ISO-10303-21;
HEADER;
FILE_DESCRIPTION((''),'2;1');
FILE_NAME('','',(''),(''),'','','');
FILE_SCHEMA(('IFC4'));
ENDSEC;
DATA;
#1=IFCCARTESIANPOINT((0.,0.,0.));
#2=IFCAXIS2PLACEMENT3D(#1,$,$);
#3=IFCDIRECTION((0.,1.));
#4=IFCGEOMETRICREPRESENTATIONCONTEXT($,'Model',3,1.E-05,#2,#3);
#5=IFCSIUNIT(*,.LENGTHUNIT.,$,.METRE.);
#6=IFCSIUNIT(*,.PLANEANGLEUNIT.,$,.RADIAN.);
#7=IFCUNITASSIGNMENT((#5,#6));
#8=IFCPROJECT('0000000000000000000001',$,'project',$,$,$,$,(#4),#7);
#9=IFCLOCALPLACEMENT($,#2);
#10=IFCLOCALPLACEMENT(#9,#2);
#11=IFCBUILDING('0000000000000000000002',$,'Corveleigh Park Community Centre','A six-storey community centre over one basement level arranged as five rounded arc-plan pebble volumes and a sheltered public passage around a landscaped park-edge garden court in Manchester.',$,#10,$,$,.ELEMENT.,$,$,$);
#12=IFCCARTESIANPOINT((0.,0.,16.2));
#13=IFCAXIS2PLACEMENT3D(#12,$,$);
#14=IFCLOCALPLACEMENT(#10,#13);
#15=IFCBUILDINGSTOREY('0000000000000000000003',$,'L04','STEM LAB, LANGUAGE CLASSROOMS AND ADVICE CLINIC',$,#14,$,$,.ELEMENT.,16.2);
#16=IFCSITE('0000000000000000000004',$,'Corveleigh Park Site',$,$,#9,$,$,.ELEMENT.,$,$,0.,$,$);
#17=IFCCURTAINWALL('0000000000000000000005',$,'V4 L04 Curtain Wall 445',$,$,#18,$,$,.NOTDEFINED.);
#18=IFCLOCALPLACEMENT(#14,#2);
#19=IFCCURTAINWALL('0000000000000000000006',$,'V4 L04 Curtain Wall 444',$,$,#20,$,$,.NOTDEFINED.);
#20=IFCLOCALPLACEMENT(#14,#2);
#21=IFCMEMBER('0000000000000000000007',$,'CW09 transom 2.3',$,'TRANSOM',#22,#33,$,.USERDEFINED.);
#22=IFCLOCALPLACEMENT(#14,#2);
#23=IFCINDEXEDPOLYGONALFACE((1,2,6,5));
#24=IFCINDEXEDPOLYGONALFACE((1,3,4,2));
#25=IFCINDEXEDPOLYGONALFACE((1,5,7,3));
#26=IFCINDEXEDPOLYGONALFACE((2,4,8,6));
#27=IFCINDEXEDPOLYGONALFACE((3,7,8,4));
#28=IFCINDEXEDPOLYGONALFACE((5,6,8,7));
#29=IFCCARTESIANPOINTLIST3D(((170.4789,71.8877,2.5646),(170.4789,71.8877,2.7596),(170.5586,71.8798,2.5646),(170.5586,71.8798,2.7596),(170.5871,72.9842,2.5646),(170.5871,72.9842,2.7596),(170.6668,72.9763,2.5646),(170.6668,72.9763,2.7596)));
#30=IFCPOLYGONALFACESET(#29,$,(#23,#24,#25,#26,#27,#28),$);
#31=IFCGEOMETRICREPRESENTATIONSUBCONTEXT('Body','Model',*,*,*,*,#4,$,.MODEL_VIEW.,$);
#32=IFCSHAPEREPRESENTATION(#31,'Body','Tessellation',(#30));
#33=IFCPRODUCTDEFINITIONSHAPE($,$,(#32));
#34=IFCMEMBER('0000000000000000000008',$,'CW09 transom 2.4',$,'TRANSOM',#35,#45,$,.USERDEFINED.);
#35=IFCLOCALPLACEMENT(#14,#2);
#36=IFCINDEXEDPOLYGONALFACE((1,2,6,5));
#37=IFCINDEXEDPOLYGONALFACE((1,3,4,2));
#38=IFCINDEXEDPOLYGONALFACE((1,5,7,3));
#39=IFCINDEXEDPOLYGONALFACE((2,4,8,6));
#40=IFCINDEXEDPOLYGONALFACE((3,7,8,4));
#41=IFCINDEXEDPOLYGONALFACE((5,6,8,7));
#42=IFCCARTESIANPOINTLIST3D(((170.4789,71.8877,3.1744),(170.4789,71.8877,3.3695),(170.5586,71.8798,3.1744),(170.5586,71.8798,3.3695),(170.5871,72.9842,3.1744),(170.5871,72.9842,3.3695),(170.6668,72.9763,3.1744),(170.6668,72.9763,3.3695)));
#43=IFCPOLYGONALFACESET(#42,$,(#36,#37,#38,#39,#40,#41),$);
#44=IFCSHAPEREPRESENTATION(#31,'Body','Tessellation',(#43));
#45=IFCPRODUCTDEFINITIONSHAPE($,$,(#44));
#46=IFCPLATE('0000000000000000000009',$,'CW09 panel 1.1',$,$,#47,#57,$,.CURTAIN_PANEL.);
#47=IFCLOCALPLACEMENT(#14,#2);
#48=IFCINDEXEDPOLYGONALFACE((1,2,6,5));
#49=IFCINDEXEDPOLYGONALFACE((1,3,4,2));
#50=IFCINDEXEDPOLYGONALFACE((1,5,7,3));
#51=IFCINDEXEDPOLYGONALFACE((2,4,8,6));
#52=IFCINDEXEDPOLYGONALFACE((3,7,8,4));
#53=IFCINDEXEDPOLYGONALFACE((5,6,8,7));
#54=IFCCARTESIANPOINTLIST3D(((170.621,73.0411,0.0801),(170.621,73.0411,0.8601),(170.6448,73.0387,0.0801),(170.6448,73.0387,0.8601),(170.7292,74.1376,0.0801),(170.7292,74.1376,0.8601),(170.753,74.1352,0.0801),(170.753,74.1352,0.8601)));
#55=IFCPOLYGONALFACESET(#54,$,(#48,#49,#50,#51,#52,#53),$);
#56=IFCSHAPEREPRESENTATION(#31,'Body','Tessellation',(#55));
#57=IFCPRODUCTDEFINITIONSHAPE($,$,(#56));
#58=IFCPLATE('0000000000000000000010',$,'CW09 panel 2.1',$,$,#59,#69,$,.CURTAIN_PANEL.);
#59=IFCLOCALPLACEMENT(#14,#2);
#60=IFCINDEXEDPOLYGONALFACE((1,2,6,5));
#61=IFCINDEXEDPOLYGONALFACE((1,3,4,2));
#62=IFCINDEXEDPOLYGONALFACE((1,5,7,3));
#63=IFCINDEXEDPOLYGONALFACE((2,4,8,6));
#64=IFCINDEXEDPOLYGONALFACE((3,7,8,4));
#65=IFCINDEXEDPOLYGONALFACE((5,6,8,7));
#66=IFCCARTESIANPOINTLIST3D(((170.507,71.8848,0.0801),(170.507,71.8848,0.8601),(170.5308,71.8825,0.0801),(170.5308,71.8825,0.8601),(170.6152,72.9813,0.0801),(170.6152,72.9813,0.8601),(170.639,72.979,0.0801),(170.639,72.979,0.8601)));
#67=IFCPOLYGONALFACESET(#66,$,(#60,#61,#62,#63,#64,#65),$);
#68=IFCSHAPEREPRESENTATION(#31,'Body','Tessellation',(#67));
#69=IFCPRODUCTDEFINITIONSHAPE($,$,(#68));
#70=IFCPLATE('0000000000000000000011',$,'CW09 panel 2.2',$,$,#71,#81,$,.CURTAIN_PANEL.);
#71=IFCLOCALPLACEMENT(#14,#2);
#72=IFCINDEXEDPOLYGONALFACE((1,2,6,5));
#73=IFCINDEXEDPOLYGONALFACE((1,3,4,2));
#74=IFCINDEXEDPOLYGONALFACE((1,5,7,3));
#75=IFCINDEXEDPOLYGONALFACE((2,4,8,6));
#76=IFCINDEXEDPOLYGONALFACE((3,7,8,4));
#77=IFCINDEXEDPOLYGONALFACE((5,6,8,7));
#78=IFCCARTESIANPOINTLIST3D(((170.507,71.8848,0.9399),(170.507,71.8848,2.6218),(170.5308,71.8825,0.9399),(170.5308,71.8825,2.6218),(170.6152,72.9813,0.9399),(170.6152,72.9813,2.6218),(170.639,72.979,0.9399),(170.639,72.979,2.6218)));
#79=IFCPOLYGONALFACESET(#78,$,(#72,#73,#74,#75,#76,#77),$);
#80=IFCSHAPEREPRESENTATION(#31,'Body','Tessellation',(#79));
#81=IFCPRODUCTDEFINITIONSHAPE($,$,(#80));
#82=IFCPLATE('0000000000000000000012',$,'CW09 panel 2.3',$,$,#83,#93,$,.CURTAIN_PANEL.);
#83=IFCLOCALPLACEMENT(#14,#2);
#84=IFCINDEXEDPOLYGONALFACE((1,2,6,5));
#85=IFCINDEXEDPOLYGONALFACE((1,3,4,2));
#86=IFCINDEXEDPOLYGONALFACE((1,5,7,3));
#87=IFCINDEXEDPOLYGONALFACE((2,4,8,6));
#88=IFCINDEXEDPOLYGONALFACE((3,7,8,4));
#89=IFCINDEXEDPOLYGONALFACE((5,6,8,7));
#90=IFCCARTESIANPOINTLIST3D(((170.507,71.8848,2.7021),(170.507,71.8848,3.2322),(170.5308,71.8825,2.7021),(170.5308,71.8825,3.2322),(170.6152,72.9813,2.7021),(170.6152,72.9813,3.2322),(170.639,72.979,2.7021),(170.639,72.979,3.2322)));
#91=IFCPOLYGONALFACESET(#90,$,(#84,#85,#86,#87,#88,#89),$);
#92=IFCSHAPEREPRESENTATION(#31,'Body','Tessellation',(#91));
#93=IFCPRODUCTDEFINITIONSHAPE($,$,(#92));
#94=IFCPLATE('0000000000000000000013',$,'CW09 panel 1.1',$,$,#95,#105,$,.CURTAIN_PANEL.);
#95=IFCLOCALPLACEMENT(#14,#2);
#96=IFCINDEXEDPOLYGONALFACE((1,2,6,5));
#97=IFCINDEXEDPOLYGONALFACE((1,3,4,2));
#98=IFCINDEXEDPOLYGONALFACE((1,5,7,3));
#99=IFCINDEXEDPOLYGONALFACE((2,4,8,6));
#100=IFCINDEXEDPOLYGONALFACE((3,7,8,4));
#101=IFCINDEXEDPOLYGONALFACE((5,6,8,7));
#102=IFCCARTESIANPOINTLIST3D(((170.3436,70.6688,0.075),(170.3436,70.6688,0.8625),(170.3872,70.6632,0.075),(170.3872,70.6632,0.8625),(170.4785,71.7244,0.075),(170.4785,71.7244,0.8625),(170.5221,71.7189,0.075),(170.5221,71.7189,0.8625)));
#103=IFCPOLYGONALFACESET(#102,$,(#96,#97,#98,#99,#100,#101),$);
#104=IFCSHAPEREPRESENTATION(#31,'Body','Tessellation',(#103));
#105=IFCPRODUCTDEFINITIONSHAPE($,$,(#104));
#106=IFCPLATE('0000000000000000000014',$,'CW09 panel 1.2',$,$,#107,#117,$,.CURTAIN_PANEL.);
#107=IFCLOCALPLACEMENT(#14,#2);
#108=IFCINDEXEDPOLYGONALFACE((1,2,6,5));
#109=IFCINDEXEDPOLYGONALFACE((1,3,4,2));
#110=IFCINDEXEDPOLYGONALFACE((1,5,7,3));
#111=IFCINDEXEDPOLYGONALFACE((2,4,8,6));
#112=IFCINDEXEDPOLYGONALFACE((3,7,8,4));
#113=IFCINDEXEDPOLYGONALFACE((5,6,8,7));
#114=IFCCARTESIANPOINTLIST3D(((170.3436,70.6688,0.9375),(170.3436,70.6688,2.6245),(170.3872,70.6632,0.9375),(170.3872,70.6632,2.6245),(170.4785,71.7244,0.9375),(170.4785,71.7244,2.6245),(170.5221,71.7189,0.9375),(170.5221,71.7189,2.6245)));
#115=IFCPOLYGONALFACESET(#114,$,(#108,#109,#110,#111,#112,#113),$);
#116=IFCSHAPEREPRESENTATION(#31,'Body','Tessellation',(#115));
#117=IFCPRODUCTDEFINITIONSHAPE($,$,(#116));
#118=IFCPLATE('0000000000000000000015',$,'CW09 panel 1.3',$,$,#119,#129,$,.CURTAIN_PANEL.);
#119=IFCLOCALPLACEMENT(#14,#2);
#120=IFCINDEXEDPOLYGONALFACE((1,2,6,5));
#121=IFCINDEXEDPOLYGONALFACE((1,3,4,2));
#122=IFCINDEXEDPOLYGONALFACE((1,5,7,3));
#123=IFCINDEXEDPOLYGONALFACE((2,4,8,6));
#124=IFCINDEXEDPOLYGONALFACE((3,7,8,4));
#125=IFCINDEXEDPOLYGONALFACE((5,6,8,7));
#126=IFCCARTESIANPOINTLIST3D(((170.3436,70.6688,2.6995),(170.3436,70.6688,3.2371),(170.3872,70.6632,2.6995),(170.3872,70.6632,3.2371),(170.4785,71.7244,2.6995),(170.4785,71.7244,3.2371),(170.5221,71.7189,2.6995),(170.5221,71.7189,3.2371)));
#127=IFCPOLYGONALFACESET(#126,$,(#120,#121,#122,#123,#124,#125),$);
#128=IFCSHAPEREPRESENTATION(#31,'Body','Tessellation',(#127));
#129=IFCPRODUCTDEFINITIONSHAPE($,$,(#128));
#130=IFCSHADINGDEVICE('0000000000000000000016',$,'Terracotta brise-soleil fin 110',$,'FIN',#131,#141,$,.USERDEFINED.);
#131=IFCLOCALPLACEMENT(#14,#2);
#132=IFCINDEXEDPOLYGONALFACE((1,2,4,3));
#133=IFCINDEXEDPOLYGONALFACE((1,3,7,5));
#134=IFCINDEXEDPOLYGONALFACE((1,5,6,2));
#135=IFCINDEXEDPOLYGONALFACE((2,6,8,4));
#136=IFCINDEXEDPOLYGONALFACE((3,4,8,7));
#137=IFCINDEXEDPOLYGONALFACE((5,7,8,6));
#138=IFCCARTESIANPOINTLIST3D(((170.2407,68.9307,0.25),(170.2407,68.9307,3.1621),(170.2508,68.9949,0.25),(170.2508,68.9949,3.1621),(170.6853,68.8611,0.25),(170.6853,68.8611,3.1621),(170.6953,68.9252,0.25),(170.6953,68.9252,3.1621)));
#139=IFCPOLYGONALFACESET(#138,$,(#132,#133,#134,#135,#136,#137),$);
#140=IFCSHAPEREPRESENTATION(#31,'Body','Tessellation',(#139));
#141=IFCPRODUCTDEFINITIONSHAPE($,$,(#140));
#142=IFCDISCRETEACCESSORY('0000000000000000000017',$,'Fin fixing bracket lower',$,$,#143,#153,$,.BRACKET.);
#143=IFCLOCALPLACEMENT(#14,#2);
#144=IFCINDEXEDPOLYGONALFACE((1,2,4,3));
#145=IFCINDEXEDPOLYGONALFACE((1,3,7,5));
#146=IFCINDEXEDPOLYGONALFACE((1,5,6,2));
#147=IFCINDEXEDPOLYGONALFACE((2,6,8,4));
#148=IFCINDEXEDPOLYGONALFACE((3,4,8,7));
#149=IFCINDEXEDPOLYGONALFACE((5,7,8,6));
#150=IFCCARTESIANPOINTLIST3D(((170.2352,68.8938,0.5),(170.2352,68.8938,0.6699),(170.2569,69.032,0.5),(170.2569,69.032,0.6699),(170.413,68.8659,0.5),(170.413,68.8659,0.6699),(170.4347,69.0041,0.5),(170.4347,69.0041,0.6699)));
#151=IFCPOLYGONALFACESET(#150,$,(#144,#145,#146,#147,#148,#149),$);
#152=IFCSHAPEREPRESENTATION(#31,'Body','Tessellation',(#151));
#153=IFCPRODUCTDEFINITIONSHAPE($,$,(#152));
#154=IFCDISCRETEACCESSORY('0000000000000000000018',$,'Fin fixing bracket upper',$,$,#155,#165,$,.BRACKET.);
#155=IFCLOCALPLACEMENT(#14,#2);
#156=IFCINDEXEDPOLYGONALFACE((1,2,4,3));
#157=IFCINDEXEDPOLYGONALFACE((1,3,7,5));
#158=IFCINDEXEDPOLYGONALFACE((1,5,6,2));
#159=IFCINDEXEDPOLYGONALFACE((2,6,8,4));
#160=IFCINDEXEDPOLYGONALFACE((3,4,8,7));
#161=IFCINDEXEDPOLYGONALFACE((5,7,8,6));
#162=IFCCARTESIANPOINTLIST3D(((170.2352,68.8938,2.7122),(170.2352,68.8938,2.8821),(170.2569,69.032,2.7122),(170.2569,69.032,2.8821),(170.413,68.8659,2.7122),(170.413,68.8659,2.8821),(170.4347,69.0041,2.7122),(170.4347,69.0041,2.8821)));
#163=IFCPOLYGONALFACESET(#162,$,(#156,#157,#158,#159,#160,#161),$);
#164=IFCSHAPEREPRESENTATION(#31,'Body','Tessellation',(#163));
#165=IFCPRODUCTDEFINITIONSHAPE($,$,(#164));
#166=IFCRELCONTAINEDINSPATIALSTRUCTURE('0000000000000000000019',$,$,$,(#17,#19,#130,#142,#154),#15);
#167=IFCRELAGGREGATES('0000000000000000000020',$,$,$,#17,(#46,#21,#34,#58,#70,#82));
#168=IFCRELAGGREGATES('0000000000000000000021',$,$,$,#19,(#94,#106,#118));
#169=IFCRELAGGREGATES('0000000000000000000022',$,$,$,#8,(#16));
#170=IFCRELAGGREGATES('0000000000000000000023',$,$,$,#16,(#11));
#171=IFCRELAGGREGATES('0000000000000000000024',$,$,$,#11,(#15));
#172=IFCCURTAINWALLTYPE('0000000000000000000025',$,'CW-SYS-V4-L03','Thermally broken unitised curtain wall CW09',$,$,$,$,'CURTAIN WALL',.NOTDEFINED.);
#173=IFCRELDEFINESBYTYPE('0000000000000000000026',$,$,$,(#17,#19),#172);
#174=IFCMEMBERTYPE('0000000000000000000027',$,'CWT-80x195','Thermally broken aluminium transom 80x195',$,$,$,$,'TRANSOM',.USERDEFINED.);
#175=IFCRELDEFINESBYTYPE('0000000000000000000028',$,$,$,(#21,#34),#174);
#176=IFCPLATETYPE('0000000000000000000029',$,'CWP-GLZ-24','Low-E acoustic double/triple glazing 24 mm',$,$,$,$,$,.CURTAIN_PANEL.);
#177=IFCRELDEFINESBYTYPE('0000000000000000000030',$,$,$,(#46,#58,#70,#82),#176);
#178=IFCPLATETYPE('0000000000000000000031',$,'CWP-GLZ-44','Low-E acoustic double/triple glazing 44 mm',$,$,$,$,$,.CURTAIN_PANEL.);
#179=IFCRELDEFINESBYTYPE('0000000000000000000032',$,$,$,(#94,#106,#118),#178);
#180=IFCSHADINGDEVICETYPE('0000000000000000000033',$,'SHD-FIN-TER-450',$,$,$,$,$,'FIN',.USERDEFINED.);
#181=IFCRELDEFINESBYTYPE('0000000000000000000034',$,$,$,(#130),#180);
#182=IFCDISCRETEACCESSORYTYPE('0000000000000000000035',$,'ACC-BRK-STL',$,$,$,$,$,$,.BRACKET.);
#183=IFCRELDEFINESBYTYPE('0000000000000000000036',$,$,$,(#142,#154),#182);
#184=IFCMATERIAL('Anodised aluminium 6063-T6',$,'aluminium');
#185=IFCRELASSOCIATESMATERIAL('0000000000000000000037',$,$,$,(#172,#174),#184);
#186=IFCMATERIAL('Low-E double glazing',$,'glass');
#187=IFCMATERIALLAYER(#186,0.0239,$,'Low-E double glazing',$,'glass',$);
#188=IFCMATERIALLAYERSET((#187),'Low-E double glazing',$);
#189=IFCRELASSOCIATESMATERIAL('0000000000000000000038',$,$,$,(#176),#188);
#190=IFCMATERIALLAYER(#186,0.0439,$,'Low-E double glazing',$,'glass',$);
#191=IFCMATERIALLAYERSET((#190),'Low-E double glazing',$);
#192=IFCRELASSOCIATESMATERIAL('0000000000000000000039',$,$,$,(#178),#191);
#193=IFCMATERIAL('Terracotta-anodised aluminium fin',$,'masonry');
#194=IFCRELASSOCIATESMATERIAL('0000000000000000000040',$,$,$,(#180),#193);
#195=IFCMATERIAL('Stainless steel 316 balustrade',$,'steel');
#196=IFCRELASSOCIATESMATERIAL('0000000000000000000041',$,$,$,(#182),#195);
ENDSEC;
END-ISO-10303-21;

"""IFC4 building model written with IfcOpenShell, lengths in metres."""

from ifc_helpers import new_model, si_unit, direction, frame, origin, origin_2d, place, context, subcontext, project, spatial, rectangle, extrude, material, layer, layer_set, material_profile, profile_set, type_object, element, aggregate, save


model = new_model("IFC4")

# Units and contexts
model_context = context("Model", 3, precision=1e-05, world=origin(), true_north=direction((0.0, 1.0)))
body_context = subcontext(model_context, "Body", "Model", "MODEL_VIEW")
ifc_project = project(units=[si_unit("LENGTHUNIT", "METRE"), si_unit("PLANEANGLEUNIT", "RADIAN")], contexts=[model_context])

# Site, building, storey
site_placement = place(None, origin())
site = spatial("IfcSite", under=ifc_project, at=site_placement, Name="Corveleigh Park Site", CompositionType="ELEMENT", RefElevation=0.0)
building_placement = place(site_placement, origin())
building = spatial("IfcBuilding", under=site, at=building_placement, Name="Corveleigh Park Community Centre", Description="A six-storey community centre over one basement level arranged as five rounded arc-plan pebble volumes and a sheltered public passage around a landscaped park-edge garden court in Manchester.", CompositionType="ELEMENT")
storey_placement = place(building_placement, frame((0.0, 0.0, 16.2)))
storey = spatial("IfcBuildingStorey", under=building, at=storey_placement, Name="L04", Description="STEM LAB, LANGUAGE CLASSROOMS AND ADVICE CLINIC", CompositionType="ELEMENT", Elevation=16.2)

# Curtain walls
ifc_material_1 = material(Name="Anodised aluminium 6063-T6", Category="aluminium")
curtain_wall_type = type_object("IfcCurtainWallType", Name="CW-SYS-V4-L03", Description="Thermally broken unitised curtain wall CW09", ElementType="CURTAIN WALL", PredefinedType="NOTDEFINED", material=ifc_material_1)
curtain_wall_1_placement = place(storey_placement, origin())
curtain_wall_1 = element("IfcCurtainWall", 1, at=curtain_wall_1_placement, inside=storey, type_object=curtain_wall_type, Name="V4 L04 Curtain Wall 445", PredefinedType="NOTDEFINED")
curtain_wall_2_placement = place(storey_placement, origin())
curtain_wall_2 = element("IfcCurtainWall", 2, at=curtain_wall_2_placement, inside=storey, type_object=curtain_wall_type, Name="V4 L04 Curtain Wall 444", PredefinedType="NOTDEFINED")

# Members
ifc_material_profile_1 = material_profile(ifc_material_1, rectangle(XDim=0.0801, YDim=0.1951, at=origin_2d()), Name="ALU-T80x195", Category="aluminium")
ifc_profile_set_1 = profile_set([ifc_material_profile_1], Name="Anodised aluminium 6063-T6")
member_type_1 = type_object("IfcMemberType", Name="CWT-80x195", Description="Thermally broken aluminium transom 80x195", ElementType="TRANSOM", PredefinedType="USERDEFINED", material=ifc_profile_set_1)
member_1_placement = place(storey_placement, frame((170.627, 72.9802, 2.6621), z_axis=(-0.098165, -0.99517, 0.0), x_axis=(0.99517, -0.098165, 0.0)))
member_1 = element("IfcMember", 3, at=member_1_placement, type_object=member_type_1, Name="CW09 transom 2.3", ObjectType="TRANSOM", PredefinedType="USERDEFINED", context=body_context, shape_type="SweptSolid", body=[
    extrude(rectangle(XDim=0.0801, YDim=0.1951, at=origin_2d()), origin(), (0.0, 0.0, 1.0), 1.1018),
])
member_2_placement = place(storey_placement, frame((170.627, 72.9802, 3.272), z_axis=(-0.098165, -0.99517, 0.0), x_axis=(0.99517, -0.098165, 0.0)))
member_2 = element("IfcMember", 4, at=member_2_placement, type_object=member_type_1, Name="CW09 transom 2.4", ObjectType="TRANSOM", PredefinedType="USERDEFINED", context=body_context, shape_type="SweptSolid", body=[
    extrude(rectangle(XDim=0.0801, YDim=0.1951, at=origin_2d()), origin(), (0.0, 0.0, 1.0), 1.1018),
])

# Plates
ifc_material_2 = material(Name="Low-E double glazing", Category="glass")
ifc_layer_1 = layer(ifc_material_2, 0.0239, Name="Low-E double glazing", Category="glass")
ifc_layer_set_1 = layer_set([ifc_layer_1], Name="Low-E double glazing")
plate_type_1 = type_object("IfcPlateType", Name="CWP-GLZ-24", Description="Low-E acoustic double/triple glazing 24 mm", PredefinedType="CURTAIN_PANEL", material=ifc_layer_set_1)
plate_1_placement = place(storey_placement, frame((170.687, 73.5881, 0.0801), z_axis=(0.0, 0.0, 1.0), x_axis=(-0.098174, -0.995169, 0.0)))
plate_1 = element("IfcPlate", 5, at=plate_1_placement, type_object=plate_type_1, Name="CW09 panel 1.1", PredefinedType="CURTAIN_PANEL", context=body_context, shape_type="SweptSolid", body=[
    extrude(rectangle(XDim=1.1018, YDim=0.0239, at=origin_2d()), origin(), (0.0, 0.0, 1.0), 0.78),
])
plate_2_placement = place(storey_placement, frame((170.573, 72.4319, 0.0801), z_axis=(0.0, 0.0, 1.0), x_axis=(-0.098174, -0.995169, 0.0)))
plate_2 = element("IfcPlate", 6, at=plate_2_placement, type_object=plate_type_1, Name="CW09 panel 2.1", PredefinedType="CURTAIN_PANEL", context=body_context, shape_type="SweptSolid", body=[
    extrude(rectangle(XDim=1.1018, YDim=0.0239, at=origin_2d()), origin(), (0.0, 0.0, 1.0), 0.78),
])
plate_3_placement = place(storey_placement, frame((170.573, 72.4319, 0.9399), z_axis=(0.0, 0.0, 1.0), x_axis=(-0.098174, -0.995169, 0.0)))
plate_3 = element("IfcPlate", 7, at=plate_3_placement, type_object=plate_type_1, Name="CW09 panel 2.2", PredefinedType="CURTAIN_PANEL", context=body_context, shape_type="SweptSolid", body=[
    extrude(rectangle(XDim=1.1018, YDim=0.0239, at=origin_2d()), origin(), (0.0, 0.0, 1.0), 1.6819),
])
plate_4_placement = place(storey_placement, frame((170.573, 72.4319, 2.7021), z_axis=(0.0, 0.0, 1.0), x_axis=(-0.098174, -0.995169, 0.0)))
plate_4 = element("IfcPlate", 8, at=plate_4_placement, type_object=plate_type_1, Name="CW09 panel 2.3", PredefinedType="CURTAIN_PANEL", context=body_context, shape_type="SweptSolid", body=[
    extrude(rectangle(XDim=1.1018, YDim=0.0239, at=origin_2d()), origin(), (0.0, 0.0, 1.0), 0.53),
])
aggregate(curtain_wall_1, [plate_1, member_1, member_2, plate_2, plate_3, plate_4])
ifc_layer_2 = layer(ifc_material_2, 0.0439, Name="Low-E double glazing", Category="glass")
ifc_layer_set_2 = layer_set([ifc_layer_2], Name="Low-E double glazing")
plate_type_2 = type_object("IfcPlateType", Name="CWP-GLZ-44", Description="Low-E acoustic double/triple glazing 44 mm", PredefinedType="CURTAIN_PANEL", material=ifc_layer_set_2)
plate_5_placement = place(storey_placement, frame((170.4329, 71.1938, 0.075), z_axis=(0.0, 0.0, 1.0), x_axis=(-0.12672, -0.991939, 0.0)))
plate_5 = element("IfcPlate", 9, at=plate_5_placement, type_object=plate_type_2, Name="CW09 panel 1.1", PredefinedType="CURTAIN_PANEL", context=body_context, shape_type="SweptSolid", body=[
    extrude(rectangle(XDim=1.0642, YDim=0.0439, at=origin_2d()), origin(), (0.0, 0.0, 1.0), 0.7876),
])
plate_6_placement = place(storey_placement, frame((170.4329, 71.1938, 0.9375), z_axis=(0.0, 0.0, 1.0), x_axis=(-0.12672, -0.991939, 0.0)))
plate_6 = element("IfcPlate", 10, at=plate_6_placement, type_object=plate_type_2, Name="CW09 panel 1.2", PredefinedType="CURTAIN_PANEL", context=body_context, shape_type="SweptSolid", body=[
    extrude(rectangle(XDim=1.0642, YDim=0.0439, at=origin_2d()), origin(), (0.0, 0.0, 1.0), 1.687),
])
plate_7_placement = place(storey_placement, frame((170.4329, 71.1938, 2.6995), z_axis=(0.0, 0.0, 1.0), x_axis=(-0.12672, -0.991939, 0.0)))
plate_7 = element("IfcPlate", 11, at=plate_7_placement, type_object=plate_type_2, Name="CW09 panel 1.3", PredefinedType="CURTAIN_PANEL", context=body_context, shape_type="SweptSolid", body=[
    extrude(rectangle(XDim=1.0642, YDim=0.0439, at=origin_2d()), origin(), (0.0, 0.0, 1.0), 0.5376),
])
aggregate(curtain_wall_2, [plate_5, plate_6, plate_7])

# Shading device
ifc_material_3 = material(Name="Terracotta-anodised aluminium fin", Category="masonry")
shading_device_type = type_object("IfcShadingDeviceType", Name="SHD-FIN-TER-450", ElementType="FIN", PredefinedType="USERDEFINED", material=ifc_material_3)
shading_device_placement = place(storey_placement, frame((170.468, 68.928, 0.25), z_axis=(0.0, 0.0, 1.0), x_axis=(0.987936, -0.154863, 0.0)))
element("IfcShadingDevice", 12, at=shading_device_placement, inside=storey, type_object=shading_device_type, Name="Terracotta brise-soleil fin 110", ObjectType="FIN", PredefinedType="USERDEFINED", context=body_context, shape_type="SweptSolid", body=[
    extrude(rectangle(XDim=0.45, YDim=0.0649, at=origin_2d()), origin(), (0.0, 0.0, 1.0), 2.9121),
])

# Discrete accessories
ifc_material_4 = material(Name="Stainless steel 316 balustrade", Category="steel")
discrete_accessory_type = type_object("IfcDiscreteAccessoryType", Name="ACC-BRK-STL", PredefinedType="BRACKET", material=ifc_material_4)
for number, where, z_axis, x_axis, name in (
    (13, (170.335, 68.949, 0.5), (0.0, 0.0, 1.0), (0.987936, -0.154863, 0.0), "Fin fixing bracket lower"),
    (14, (170.335, 68.949, 2.7122), (0.0, 0.0, 1.0), (0.987936, -0.154863, 0.0), "Fin fixing bracket upper"),
):
    element("IfcDiscreteAccessory", number, at=place(storey_placement, frame(where, z_axis=z_axis, x_axis=x_axis)), inside=storey, type_object=discrete_accessory_type, Name=name, PredefinedType="BRACKET", context=body_context, shape_type="SweptSolid", body=[
        extrude(rectangle(XDim=0.1799, YDim=0.1399, at=origin_2d()), origin(), (0.0, 0.0, 1.0), 0.1699),
    ])

save(model, "model.ifc")
